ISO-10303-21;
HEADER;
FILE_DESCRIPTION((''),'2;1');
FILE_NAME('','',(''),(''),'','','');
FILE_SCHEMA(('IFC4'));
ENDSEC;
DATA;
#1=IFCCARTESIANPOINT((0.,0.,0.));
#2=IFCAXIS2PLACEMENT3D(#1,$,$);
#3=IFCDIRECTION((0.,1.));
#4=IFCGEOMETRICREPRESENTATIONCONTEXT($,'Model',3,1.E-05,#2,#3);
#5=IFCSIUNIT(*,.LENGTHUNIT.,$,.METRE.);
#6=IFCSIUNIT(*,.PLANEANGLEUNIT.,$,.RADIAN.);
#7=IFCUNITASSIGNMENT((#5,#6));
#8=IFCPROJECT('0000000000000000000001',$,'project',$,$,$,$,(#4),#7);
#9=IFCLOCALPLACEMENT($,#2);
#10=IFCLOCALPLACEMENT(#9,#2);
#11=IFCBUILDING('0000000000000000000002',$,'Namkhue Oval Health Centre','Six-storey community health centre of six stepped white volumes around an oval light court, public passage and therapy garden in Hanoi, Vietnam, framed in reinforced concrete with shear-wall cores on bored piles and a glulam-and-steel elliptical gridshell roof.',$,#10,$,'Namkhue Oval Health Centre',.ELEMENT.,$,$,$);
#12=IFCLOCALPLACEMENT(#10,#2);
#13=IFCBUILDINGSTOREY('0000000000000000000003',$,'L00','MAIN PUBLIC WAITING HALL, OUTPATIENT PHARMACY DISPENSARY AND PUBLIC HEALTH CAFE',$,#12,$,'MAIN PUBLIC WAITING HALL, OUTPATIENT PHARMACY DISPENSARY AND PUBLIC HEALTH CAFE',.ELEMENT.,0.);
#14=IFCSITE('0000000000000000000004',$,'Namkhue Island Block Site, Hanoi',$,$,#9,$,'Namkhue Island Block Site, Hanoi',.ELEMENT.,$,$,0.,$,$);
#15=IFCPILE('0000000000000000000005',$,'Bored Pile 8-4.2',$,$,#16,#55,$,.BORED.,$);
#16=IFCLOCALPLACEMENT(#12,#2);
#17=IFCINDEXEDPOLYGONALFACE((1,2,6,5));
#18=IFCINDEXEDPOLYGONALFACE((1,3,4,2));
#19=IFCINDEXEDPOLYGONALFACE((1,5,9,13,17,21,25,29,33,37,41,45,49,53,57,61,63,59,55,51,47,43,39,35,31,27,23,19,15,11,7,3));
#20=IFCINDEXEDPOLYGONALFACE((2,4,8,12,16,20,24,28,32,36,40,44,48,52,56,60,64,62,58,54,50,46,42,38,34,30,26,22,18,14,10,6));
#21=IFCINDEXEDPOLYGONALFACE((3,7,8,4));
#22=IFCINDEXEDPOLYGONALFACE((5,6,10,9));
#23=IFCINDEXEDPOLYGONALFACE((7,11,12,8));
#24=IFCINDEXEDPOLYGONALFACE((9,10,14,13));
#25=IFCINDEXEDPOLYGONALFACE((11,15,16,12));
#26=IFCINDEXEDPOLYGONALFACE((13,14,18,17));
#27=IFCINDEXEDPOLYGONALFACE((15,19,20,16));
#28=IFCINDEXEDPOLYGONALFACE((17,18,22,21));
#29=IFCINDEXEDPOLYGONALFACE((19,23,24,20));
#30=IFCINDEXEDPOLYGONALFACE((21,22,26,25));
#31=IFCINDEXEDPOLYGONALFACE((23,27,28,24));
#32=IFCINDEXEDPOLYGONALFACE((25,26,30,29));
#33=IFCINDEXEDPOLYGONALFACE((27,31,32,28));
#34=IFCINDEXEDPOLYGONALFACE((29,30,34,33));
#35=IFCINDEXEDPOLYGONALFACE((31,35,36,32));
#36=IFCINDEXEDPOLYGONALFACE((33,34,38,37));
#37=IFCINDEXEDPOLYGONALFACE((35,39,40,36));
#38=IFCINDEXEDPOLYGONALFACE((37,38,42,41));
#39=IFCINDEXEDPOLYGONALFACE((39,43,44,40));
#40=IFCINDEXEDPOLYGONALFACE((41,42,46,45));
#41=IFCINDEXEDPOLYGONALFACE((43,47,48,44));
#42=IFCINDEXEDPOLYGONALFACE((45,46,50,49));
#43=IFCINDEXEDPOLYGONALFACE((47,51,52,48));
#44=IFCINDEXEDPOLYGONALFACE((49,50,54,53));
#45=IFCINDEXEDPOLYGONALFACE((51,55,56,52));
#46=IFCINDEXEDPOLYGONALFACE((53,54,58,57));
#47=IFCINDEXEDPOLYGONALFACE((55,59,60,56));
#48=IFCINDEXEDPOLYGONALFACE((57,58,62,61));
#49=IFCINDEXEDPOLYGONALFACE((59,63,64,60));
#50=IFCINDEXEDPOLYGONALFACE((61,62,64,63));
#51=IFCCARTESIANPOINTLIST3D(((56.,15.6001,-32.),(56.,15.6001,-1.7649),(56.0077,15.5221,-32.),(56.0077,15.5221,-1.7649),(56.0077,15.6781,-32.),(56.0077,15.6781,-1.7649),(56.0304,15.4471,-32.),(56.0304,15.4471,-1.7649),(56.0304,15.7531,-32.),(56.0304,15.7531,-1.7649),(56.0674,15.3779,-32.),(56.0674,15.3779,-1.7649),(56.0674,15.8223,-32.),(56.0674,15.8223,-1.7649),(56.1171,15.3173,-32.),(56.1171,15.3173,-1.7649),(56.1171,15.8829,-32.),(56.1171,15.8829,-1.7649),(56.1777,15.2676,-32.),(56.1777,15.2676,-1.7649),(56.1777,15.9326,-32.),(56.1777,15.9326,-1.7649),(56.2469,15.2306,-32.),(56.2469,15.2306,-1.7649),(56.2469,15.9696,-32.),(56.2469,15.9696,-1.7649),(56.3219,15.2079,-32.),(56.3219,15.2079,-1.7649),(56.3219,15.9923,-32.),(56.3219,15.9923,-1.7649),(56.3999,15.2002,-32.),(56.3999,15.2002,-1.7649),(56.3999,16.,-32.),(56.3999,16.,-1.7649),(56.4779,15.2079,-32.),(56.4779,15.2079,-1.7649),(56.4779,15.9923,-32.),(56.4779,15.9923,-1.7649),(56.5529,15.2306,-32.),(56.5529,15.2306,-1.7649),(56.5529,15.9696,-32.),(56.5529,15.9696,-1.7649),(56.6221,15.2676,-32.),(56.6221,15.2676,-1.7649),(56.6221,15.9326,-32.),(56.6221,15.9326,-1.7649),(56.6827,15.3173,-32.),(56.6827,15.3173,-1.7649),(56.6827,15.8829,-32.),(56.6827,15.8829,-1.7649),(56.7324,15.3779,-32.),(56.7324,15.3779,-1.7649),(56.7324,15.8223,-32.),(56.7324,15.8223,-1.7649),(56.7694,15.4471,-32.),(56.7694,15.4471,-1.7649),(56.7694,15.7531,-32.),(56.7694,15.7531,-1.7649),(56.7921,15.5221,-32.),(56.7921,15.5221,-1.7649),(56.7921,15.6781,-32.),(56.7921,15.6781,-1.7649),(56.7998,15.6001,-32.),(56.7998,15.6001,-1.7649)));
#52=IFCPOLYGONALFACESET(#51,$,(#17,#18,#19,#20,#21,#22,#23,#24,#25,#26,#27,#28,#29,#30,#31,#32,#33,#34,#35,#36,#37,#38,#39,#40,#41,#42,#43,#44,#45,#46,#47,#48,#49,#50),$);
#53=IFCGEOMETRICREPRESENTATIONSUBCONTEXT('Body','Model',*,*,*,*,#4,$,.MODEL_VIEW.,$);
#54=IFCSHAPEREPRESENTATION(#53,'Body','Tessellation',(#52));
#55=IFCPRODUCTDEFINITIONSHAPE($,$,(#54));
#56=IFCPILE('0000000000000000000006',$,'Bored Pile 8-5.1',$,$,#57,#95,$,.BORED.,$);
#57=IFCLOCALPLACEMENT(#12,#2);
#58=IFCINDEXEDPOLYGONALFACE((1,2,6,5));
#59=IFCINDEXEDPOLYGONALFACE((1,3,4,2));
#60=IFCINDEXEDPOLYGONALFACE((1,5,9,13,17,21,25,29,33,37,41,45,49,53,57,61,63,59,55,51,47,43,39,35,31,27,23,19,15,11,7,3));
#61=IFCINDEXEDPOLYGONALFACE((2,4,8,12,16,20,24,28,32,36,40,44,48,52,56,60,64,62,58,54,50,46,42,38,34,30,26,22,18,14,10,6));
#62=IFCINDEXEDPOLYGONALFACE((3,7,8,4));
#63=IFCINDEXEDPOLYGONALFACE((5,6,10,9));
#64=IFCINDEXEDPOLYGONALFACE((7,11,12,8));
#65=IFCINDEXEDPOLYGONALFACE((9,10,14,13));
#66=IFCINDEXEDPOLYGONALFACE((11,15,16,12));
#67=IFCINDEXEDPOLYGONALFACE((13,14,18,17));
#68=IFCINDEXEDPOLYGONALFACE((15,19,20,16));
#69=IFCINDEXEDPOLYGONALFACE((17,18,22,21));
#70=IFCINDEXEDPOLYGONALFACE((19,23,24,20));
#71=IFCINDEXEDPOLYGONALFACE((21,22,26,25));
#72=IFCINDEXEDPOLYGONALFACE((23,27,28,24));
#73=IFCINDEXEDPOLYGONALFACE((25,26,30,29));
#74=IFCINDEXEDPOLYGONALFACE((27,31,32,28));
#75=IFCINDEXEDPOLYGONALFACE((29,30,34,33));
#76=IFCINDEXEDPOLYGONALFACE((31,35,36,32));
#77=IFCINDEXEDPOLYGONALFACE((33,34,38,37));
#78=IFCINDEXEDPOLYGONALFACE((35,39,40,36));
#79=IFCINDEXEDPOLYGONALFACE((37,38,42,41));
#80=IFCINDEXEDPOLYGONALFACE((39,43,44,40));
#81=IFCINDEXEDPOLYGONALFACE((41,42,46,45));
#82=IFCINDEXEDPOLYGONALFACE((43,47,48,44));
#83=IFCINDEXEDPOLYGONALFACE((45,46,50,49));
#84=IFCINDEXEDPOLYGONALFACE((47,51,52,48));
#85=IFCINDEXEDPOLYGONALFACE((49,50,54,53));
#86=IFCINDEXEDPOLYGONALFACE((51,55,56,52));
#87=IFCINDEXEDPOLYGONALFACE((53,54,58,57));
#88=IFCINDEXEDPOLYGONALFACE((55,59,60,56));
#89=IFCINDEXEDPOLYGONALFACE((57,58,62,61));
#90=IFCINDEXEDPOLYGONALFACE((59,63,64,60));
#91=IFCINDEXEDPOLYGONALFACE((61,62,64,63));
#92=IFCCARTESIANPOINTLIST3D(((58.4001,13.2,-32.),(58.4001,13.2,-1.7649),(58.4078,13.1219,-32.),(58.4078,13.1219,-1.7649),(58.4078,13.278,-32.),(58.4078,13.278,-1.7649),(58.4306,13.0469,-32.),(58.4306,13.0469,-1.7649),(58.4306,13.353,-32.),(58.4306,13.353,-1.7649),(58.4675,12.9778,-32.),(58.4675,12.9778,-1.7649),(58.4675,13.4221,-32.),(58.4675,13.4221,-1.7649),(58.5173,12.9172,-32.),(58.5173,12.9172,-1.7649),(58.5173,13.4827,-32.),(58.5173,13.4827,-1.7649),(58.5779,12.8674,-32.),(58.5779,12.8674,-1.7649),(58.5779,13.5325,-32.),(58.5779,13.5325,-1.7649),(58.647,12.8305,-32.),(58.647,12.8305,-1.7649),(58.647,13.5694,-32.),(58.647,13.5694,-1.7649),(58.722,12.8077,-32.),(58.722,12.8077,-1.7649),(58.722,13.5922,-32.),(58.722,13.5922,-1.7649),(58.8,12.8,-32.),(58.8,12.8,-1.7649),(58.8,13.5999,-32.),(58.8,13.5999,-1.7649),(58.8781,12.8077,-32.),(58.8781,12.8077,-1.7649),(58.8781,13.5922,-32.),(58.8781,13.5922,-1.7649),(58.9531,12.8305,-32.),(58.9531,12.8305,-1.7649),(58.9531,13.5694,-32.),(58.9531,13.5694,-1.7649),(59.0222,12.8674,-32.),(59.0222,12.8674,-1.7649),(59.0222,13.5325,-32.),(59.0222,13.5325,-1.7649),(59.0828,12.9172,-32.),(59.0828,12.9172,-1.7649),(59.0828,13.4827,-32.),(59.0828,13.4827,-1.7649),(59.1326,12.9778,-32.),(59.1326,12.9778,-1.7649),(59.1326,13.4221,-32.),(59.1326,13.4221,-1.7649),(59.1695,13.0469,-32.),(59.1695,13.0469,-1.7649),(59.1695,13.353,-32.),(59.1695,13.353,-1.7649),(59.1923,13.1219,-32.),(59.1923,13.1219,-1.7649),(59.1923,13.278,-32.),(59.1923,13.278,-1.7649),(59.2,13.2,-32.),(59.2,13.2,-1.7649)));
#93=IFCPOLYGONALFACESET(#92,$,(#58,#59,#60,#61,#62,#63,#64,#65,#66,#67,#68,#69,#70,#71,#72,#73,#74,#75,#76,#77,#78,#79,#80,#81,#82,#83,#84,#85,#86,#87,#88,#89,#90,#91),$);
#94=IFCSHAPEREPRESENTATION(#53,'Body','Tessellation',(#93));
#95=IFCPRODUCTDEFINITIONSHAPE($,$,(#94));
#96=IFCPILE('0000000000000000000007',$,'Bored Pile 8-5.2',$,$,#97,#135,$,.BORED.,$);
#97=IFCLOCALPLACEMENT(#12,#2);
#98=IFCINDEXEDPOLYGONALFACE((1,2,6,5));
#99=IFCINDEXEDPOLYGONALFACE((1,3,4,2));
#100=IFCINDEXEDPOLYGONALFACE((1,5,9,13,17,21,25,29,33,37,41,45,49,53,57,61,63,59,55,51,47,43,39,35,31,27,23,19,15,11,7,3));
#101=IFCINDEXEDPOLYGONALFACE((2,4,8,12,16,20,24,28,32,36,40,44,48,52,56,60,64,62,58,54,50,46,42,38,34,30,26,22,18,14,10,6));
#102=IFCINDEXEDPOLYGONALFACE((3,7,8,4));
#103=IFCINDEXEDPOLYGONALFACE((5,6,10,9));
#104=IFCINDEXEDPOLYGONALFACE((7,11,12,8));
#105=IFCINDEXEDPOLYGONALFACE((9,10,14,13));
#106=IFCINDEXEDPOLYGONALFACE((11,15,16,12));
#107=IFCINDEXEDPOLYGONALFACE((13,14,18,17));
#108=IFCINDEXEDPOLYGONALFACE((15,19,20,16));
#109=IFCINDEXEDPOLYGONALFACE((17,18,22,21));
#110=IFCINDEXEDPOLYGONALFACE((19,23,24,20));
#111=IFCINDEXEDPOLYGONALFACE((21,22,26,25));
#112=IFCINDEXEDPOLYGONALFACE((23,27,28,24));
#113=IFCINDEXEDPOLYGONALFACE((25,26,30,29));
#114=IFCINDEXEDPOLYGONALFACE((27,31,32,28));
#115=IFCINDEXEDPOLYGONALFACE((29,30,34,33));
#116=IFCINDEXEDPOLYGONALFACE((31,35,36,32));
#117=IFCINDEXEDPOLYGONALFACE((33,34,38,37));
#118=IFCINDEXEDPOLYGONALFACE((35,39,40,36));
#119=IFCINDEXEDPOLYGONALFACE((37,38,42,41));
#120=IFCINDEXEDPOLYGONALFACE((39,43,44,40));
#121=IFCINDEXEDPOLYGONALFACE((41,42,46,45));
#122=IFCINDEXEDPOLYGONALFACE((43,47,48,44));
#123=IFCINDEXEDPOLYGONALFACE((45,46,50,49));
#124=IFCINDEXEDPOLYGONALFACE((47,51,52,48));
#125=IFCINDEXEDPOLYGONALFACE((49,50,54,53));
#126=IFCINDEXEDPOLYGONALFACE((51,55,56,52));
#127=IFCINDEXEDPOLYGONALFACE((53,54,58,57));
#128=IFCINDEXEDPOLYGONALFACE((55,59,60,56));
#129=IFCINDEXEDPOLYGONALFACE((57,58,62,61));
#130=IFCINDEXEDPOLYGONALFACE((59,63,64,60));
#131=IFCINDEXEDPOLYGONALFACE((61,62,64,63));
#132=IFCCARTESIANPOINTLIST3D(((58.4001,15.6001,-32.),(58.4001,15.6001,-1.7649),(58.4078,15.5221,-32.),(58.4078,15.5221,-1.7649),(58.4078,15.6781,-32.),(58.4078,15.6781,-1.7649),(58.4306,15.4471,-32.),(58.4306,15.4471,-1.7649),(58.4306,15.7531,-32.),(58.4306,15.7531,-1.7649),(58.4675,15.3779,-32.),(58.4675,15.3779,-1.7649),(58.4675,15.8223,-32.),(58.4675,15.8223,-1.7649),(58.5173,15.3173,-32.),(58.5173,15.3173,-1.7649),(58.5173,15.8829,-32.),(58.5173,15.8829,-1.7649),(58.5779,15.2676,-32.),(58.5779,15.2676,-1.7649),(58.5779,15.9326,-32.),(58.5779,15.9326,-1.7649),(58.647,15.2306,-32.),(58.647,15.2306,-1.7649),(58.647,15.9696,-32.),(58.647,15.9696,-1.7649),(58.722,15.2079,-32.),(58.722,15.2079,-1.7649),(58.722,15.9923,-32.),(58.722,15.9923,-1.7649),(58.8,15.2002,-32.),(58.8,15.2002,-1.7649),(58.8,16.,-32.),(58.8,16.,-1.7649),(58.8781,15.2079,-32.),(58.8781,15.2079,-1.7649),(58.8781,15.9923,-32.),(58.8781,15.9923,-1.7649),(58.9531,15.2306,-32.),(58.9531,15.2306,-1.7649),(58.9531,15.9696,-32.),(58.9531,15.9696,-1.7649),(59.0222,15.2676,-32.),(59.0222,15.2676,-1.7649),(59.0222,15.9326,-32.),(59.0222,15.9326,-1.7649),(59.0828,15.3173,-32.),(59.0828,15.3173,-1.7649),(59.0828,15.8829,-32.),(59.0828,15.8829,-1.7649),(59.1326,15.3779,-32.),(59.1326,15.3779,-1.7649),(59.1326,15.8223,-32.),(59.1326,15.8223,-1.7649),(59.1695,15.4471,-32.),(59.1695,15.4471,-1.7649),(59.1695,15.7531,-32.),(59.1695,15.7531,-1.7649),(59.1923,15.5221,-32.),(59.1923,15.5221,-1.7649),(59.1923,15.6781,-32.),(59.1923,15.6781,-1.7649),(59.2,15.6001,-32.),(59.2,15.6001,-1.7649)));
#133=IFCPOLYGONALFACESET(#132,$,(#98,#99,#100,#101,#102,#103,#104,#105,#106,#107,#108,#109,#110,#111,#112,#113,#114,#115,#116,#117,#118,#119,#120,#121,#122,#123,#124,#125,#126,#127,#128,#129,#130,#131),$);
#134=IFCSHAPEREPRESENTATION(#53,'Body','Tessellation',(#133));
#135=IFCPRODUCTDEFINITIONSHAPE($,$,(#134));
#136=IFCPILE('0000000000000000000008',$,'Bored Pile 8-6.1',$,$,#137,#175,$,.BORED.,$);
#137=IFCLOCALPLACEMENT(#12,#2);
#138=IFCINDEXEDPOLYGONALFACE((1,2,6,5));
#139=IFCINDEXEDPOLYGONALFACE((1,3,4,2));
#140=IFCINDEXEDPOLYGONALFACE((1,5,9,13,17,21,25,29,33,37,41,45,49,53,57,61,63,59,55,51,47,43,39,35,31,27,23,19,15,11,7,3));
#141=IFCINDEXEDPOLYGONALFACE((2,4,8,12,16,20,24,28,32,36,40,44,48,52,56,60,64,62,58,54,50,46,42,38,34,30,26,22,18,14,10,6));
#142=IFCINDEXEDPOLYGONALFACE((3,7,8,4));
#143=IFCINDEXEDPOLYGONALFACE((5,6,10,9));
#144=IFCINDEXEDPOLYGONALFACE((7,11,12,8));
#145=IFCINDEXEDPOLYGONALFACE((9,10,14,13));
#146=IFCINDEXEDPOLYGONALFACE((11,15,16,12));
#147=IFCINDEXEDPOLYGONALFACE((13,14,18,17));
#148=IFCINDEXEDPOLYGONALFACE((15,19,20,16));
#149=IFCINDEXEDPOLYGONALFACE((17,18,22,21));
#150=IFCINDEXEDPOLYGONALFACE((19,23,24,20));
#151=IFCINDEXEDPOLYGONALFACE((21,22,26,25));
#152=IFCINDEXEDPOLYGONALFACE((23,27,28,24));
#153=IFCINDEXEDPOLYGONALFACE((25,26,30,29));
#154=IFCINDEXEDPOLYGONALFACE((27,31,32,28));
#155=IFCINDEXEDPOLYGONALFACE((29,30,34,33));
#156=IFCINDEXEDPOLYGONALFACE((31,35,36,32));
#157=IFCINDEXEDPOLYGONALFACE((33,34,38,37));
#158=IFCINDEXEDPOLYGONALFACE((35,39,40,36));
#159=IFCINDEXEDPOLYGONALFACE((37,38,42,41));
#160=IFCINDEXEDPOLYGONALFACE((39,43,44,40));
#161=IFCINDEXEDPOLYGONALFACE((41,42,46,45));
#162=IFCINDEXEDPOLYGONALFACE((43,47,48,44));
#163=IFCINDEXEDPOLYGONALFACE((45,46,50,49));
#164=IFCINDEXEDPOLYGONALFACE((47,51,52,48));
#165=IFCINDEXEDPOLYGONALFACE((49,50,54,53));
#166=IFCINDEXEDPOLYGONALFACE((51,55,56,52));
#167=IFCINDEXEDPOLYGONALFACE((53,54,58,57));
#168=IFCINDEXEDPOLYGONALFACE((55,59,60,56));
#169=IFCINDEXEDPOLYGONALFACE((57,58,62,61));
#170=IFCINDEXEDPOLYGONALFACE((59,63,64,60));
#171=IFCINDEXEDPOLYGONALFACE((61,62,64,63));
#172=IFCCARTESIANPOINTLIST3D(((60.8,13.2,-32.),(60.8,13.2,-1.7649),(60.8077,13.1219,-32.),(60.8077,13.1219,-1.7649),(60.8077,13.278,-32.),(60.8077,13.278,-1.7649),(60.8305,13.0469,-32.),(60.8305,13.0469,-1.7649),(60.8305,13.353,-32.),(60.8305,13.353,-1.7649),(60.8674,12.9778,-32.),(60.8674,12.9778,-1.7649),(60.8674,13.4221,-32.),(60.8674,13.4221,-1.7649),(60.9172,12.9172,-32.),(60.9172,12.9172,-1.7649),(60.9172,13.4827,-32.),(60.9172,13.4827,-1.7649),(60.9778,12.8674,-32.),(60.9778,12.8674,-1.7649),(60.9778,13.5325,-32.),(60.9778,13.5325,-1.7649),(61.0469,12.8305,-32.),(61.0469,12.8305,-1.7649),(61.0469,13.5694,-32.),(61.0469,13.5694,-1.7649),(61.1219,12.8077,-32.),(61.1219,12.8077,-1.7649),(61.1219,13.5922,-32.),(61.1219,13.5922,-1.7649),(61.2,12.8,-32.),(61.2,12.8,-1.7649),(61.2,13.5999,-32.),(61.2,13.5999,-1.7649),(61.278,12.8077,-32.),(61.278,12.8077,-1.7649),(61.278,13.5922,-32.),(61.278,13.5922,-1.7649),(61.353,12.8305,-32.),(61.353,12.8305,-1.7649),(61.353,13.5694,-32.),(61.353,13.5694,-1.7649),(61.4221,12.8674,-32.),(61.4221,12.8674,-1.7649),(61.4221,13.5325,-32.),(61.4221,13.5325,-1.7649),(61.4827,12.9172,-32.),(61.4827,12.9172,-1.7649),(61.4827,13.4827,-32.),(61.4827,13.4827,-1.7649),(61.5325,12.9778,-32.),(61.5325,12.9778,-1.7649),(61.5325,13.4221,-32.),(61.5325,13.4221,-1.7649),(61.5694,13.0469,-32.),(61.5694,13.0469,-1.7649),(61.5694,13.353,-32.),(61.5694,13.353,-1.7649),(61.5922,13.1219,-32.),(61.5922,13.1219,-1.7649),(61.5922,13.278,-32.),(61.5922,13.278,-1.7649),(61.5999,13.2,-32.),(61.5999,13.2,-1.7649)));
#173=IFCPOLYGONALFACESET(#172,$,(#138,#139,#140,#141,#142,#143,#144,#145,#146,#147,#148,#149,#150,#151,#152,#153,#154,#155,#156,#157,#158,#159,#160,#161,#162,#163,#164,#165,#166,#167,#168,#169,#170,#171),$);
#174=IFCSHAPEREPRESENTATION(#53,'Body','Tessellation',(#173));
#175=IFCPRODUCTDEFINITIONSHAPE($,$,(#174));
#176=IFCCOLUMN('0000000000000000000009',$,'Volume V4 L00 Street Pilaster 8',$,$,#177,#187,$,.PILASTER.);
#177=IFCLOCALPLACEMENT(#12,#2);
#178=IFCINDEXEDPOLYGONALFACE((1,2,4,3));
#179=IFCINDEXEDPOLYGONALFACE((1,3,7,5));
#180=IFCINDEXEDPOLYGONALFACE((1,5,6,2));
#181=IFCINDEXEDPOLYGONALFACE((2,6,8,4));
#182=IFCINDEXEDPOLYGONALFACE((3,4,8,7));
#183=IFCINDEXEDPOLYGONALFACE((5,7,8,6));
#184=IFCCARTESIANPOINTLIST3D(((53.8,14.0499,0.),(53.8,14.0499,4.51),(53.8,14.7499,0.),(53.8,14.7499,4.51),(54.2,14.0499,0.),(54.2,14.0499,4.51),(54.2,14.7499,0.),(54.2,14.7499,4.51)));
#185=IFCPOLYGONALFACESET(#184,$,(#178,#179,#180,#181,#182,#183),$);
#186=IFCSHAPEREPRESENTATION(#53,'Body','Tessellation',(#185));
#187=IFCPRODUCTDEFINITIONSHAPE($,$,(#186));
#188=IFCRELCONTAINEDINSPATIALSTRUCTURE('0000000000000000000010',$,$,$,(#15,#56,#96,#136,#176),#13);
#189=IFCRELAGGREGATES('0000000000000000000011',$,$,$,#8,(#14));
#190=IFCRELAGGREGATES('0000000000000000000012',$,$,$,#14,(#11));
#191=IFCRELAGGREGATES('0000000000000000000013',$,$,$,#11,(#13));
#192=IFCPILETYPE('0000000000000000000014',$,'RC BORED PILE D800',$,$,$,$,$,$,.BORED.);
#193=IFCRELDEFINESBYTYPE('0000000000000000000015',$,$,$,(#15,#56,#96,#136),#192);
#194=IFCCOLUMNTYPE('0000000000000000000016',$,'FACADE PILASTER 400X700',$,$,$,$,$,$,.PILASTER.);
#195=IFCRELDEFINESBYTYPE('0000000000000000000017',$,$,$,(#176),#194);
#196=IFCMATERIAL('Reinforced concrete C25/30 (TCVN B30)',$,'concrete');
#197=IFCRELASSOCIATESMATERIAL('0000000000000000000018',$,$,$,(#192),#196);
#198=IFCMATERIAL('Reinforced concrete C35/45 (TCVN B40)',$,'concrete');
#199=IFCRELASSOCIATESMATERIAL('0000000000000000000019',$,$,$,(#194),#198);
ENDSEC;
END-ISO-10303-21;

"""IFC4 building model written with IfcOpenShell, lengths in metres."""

from ifc_helpers import new_model, si_unit, direction, frame, origin, origin_2d, place, context, subcontext, project, spatial, rectangle, circle, extrude, material, material_profile, profile_set, type_object, element, save


model = new_model("IFC4")

# Units and contexts
model_context = context("Model", 3, precision=1e-05, world=origin(), true_north=direction((0.0, 1.0)))
body_context = subcontext(model_context, "Body", "Model", "MODEL_VIEW")
ifc_project = project(units=[si_unit("LENGTHUNIT", "METRE"), si_unit("PLANEANGLEUNIT", "RADIAN")], contexts=[model_context])

# Site, building, storey
site_placement = place(None, origin())
site = spatial("IfcSite", under=ifc_project, at=site_placement, Name="Namkhue Island Block Site, Hanoi", LongName="Namkhue Island Block Site, Hanoi", CompositionType="ELEMENT", RefElevation=0.0)
building_placement = place(site_placement, origin())
building = spatial("IfcBuilding", under=site, at=building_placement, Name="Namkhue Oval Health Centre", Description="Six-storey community health centre of six stepped white volumes around an oval light court, public passage and therapy garden in Hanoi, Vietnam, framed in reinforced concrete with shear-wall cores on bored piles and a glulam-and-steel elliptical gridshell roof.", LongName="Namkhue Oval Health Centre", CompositionType="ELEMENT")
storey_placement = place(building_placement, origin())
storey = spatial("IfcBuildingStorey", under=building, at=storey_placement, Name="L00", Description="MAIN PUBLIC WAITING HALL, OUTPATIENT PHARMACY DISPENSARY AND PUBLIC HEALTH CAFE", LongName="MAIN PUBLIC WAITING HALL, OUTPATIENT PHARMACY DISPENSARY AND PUBLIC HEALTH CAFE", CompositionType="ELEMENT", Elevation=0.0)

# Piles
ifc_material_1 = material(Name="Reinforced concrete C25/30 (TCVN B30)", Category="concrete")
ifc_material_profile_1 = material_profile(ifc_material_1, circle(Radius=0.3999, at=origin_2d()), Name="BORED PILE D800")
ifc_profile_set_1 = profile_set([ifc_material_profile_1], Name="Reinforced concrete C25/30 (TCVN B30)")
pile_type = type_object("IfcPileType", Name="RC BORED PILE D800", PredefinedType="BORED", material=ifc_profile_set_1)
for number, where, z_axis, x_axis, name in (
    (1, (56.3999, 15.6001, -1.7649), (0.0, 0.0, -1.0), (1.0, 0.0, 0.0), "Bored Pile 8-4.2"),
    (2, (58.8, 13.2, -1.7649), (0.0, 0.0, -1.0), (1.0, 0.0, 0.0), "Bored Pile 8-5.1"),
    (3, (58.8, 15.6001, -1.7649), (0.0, 0.0, -1.0), (1.0, 0.0, 0.0), "Bored Pile 8-5.2"),
    (4, (61.2, 13.2, -1.7649), (0.0, 0.0, -1.0), (1.0, 0.0, 0.0), "Bored Pile 8-6.1"),
):
    element("IfcPile", number, at=place(storey_placement, frame(where, z_axis=z_axis, x_axis=x_axis)), inside=storey, type_object=pile_type, Name=name, PredefinedType="BORED", context=body_context, shape_type="SweptSolid", body=[
        extrude(circle(Radius=0.3999, at=origin_2d()), origin(), (0.0, 0.0, 1.0), 30.2351),
    ])

# Column
ifc_material_2 = material(Name="Reinforced concrete C35/45 (TCVN B40)", Category="concrete")
ifc_material_profile_2 = material_profile(ifc_material_2, rectangle(XDim=0.3999, YDim=0.7, at=origin_2d()), Name="RC 400x700")
ifc_profile_set_2 = profile_set([ifc_material_profile_2], Name="Reinforced concrete C35/45 (TCVN B40)")
column_type_1 = type_object("IfcColumnType", Name="FACADE PILASTER 400X700", PredefinedType="PILASTER", material=ifc_profile_set_2)
column_1_placement = place(storey_placement, frame((54.0, 14.3999, 0.0), z_axis=(0.0, 0.0, 1.0), x_axis=(1.0, 0.0, 0.0)))
element("IfcColumn", 5, at=column_1_placement, inside=storey, type_object=column_type_1, Name="Volume V4 L00 Street Pilaster 8", PredefinedType="PILASTER", context=body_context, shape_type="SweptSolid", body=[
    extrude(rectangle(XDim=0.3999, YDim=0.7, at=origin_2d()), origin(), (0.0, 0.0, 1.0), 4.51),
])

save(model, "model.ifc")
